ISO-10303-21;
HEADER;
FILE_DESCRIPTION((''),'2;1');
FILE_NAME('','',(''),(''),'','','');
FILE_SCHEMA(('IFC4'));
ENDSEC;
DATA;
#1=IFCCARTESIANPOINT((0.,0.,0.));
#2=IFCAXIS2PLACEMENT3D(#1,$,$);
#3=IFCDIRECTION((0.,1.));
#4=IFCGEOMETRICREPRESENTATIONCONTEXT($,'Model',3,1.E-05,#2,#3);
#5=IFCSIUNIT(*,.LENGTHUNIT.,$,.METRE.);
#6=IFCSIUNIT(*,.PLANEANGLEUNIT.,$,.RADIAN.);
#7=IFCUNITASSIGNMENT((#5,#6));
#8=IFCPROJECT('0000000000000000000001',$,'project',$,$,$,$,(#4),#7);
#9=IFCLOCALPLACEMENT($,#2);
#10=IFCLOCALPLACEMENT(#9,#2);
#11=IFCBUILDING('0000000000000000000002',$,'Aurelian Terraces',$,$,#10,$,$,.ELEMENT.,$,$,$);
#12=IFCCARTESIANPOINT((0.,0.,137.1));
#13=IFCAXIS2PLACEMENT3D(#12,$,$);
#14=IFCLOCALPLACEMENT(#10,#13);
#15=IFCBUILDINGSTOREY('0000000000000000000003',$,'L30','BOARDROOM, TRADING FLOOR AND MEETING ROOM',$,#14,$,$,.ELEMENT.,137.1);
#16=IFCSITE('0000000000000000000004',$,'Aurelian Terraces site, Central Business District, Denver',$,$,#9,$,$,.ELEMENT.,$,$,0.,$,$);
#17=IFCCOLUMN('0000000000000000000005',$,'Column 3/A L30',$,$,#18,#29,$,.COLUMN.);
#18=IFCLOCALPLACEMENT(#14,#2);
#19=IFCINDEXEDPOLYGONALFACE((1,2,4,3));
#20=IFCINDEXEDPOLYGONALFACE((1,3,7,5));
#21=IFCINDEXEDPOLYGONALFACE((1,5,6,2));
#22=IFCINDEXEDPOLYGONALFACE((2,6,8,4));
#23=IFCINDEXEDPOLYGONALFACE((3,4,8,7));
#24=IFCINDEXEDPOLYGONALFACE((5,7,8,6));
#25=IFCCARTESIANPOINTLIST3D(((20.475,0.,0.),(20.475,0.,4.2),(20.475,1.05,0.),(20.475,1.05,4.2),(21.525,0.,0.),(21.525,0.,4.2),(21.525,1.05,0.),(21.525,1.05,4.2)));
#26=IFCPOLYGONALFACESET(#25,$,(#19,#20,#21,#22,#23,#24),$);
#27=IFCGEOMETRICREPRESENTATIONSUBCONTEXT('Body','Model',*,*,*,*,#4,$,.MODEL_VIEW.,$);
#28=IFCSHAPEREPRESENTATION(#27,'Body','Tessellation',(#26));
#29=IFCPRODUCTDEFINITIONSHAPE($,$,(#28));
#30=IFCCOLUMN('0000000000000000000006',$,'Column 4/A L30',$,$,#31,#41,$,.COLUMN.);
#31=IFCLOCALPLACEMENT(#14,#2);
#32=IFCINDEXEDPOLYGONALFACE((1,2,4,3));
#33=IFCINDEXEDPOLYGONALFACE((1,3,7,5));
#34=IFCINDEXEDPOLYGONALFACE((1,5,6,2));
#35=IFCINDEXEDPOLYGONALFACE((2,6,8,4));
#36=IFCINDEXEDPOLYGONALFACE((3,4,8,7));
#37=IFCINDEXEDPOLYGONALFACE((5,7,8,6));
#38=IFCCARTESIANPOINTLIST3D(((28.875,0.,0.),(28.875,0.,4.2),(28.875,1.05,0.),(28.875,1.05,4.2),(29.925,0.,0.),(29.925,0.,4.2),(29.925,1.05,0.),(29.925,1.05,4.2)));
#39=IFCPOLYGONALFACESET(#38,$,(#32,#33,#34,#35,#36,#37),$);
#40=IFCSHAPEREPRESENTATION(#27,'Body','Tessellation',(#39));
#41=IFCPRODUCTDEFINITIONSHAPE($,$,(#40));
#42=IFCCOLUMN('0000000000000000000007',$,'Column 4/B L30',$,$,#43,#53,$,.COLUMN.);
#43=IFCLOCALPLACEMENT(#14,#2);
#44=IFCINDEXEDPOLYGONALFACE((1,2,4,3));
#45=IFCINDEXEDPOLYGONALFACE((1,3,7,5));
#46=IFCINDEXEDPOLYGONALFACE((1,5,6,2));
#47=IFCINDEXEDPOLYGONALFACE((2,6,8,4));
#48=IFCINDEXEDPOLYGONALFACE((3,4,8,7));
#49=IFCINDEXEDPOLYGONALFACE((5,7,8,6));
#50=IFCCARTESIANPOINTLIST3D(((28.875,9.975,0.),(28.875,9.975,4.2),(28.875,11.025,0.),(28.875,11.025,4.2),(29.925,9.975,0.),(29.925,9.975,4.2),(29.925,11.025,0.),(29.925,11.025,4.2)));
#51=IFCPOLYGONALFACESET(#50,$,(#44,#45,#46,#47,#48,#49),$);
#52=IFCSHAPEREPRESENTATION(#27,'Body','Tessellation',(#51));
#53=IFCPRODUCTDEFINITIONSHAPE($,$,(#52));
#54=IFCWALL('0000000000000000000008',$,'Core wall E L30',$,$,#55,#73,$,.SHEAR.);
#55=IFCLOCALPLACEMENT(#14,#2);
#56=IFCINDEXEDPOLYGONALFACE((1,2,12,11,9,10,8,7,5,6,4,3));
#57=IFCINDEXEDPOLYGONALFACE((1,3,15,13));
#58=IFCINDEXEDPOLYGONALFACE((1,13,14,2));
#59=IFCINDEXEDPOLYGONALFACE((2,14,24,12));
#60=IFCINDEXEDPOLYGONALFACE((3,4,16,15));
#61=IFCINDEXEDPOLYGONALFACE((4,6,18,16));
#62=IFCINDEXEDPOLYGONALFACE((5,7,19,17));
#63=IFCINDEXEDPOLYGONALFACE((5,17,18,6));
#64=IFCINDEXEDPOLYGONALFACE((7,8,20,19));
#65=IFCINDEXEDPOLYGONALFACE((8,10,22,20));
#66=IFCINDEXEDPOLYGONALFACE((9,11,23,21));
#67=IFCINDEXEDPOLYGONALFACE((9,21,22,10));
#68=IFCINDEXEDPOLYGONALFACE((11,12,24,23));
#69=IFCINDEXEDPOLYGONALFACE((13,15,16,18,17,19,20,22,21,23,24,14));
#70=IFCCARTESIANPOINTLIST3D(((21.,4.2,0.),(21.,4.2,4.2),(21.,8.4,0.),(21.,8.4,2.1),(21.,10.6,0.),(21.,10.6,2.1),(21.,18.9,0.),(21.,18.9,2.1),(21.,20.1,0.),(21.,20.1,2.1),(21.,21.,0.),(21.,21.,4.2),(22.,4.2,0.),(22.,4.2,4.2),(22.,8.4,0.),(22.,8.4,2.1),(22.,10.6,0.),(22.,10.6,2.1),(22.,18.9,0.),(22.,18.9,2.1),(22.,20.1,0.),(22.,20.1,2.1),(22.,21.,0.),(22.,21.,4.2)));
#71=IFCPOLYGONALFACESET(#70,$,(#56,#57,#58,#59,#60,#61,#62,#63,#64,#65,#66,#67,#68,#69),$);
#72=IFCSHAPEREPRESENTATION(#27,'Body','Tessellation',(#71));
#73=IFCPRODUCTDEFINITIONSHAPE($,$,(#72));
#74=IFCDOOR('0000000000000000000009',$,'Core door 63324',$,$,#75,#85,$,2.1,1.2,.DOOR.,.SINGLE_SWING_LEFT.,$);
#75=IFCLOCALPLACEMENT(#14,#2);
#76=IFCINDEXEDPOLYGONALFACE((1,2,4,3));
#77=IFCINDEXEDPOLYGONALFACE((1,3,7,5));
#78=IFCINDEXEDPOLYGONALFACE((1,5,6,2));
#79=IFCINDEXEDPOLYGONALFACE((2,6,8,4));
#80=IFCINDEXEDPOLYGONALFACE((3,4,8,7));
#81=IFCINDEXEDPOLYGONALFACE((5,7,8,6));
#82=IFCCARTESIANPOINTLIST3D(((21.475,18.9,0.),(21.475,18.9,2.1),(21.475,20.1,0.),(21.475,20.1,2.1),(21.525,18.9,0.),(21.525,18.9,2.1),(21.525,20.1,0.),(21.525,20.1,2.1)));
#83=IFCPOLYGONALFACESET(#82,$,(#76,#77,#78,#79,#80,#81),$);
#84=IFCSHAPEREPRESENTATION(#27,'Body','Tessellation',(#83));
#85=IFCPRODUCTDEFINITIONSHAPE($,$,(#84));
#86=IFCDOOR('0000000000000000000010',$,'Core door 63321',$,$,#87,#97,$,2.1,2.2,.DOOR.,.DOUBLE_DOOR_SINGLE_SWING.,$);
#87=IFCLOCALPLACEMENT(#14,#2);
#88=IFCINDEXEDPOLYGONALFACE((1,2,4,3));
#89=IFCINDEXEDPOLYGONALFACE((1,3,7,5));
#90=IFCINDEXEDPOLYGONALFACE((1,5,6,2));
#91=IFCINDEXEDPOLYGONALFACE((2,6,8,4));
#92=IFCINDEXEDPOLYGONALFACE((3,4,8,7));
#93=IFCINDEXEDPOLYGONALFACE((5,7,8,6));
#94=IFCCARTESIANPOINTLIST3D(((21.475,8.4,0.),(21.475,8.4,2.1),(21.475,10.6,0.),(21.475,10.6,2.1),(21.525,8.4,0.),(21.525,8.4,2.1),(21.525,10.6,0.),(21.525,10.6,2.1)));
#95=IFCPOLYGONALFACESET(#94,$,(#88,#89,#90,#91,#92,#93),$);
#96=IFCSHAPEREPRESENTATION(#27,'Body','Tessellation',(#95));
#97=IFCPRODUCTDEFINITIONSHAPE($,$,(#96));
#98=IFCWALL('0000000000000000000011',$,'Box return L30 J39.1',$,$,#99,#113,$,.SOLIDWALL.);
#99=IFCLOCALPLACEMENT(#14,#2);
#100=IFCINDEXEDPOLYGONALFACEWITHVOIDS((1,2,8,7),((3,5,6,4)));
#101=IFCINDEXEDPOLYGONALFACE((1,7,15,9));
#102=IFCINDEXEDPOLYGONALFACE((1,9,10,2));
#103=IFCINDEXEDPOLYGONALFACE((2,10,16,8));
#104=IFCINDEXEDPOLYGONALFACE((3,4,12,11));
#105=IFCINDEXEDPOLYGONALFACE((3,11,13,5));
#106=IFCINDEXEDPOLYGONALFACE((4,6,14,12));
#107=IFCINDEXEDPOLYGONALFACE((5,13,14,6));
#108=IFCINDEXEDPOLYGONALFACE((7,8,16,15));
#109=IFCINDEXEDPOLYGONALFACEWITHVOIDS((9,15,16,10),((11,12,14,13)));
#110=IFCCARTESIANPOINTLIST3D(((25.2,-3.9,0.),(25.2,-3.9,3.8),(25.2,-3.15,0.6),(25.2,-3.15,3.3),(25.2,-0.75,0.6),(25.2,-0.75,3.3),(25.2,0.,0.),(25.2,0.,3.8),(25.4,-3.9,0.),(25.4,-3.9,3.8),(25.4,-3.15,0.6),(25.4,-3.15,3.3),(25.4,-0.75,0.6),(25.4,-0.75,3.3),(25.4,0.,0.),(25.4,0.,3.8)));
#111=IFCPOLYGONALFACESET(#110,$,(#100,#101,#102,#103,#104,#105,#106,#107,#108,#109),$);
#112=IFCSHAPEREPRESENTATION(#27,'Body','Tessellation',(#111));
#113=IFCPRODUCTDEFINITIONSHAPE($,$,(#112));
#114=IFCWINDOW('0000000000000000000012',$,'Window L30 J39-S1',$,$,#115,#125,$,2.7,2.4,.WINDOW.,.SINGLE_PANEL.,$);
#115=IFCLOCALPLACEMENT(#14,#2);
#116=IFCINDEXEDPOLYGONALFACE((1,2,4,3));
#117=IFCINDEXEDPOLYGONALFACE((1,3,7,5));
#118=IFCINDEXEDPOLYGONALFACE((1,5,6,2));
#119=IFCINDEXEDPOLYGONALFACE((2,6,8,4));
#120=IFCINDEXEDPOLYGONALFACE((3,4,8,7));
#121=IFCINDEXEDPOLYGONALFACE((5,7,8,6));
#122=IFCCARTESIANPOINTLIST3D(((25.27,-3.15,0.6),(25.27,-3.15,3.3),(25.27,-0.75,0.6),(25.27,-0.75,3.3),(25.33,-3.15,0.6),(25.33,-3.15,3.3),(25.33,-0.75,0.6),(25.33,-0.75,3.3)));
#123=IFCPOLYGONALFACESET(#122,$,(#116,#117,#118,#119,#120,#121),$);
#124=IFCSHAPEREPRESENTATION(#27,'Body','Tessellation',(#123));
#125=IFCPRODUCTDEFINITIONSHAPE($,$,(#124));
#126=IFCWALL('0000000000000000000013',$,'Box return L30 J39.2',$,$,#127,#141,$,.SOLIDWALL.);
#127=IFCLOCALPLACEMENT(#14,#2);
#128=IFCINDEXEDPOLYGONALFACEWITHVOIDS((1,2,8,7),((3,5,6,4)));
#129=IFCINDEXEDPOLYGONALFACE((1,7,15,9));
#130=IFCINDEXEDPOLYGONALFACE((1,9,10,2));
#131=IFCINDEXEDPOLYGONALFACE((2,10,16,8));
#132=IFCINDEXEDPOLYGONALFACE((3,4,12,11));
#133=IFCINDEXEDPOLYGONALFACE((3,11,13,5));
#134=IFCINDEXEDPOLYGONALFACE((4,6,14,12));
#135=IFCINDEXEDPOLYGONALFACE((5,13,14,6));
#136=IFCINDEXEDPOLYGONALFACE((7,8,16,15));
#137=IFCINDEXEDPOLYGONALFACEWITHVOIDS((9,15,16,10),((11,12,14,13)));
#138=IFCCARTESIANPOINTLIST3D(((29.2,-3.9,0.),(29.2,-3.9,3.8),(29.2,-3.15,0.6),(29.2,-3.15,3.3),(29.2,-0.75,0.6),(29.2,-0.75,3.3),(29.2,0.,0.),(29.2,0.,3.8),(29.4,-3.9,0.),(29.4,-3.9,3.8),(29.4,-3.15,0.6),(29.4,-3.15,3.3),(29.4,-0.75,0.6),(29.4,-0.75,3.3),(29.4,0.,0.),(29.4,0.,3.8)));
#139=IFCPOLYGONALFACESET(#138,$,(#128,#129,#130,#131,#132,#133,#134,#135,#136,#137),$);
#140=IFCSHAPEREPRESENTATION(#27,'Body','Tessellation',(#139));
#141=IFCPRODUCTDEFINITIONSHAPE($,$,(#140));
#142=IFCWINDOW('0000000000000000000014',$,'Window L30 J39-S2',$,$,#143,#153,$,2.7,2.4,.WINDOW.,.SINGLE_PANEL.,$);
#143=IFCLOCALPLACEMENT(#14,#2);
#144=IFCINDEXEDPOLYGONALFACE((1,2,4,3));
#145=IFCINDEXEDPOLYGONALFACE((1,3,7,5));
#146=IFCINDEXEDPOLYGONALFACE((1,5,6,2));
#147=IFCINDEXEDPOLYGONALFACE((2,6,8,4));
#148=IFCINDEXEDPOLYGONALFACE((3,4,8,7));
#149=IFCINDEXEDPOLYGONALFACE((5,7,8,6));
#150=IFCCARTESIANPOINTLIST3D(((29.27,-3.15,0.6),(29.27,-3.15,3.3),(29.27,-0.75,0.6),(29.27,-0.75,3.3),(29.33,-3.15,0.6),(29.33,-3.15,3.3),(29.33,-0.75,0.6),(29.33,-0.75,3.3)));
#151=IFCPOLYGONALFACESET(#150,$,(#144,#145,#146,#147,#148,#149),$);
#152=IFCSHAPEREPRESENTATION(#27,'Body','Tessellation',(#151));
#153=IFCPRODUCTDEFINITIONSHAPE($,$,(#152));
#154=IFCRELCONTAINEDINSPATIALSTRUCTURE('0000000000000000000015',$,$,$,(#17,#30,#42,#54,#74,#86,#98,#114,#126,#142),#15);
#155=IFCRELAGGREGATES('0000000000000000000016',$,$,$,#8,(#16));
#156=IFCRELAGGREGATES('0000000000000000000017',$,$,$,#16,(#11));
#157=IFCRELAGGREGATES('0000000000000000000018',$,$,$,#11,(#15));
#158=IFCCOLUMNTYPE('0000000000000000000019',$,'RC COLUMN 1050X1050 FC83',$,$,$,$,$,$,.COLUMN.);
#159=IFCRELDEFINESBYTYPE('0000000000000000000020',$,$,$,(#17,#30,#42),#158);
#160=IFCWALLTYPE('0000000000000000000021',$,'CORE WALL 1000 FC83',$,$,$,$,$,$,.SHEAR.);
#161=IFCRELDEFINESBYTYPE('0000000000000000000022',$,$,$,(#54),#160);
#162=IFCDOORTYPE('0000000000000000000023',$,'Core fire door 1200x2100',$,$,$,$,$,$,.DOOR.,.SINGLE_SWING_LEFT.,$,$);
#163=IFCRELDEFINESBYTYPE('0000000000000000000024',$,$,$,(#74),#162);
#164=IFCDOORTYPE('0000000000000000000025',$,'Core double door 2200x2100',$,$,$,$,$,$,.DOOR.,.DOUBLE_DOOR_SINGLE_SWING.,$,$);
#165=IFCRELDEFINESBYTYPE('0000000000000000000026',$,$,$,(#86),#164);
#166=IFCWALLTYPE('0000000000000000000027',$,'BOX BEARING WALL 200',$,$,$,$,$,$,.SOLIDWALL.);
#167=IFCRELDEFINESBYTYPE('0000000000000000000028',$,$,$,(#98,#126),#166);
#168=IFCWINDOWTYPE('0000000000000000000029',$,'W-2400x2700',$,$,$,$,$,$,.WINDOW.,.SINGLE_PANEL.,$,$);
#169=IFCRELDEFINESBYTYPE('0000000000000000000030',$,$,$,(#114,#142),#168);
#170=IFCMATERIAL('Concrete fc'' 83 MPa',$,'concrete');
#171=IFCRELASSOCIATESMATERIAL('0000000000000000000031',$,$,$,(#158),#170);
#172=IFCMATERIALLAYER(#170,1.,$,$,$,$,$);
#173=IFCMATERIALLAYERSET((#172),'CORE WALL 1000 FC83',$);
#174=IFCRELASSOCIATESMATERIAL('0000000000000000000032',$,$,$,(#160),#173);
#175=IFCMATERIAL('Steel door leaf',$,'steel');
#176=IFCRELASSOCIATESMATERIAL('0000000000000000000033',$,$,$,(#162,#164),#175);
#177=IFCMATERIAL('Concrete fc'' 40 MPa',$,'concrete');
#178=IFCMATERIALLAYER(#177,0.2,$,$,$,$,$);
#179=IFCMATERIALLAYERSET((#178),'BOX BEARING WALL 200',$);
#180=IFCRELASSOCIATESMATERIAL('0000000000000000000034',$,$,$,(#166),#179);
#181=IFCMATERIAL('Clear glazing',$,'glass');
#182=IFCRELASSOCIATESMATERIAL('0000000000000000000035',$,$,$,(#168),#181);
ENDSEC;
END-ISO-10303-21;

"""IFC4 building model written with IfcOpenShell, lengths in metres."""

from ifc_helpers import new_model, si_unit, direction, frame, frame_2d, origin, origin_2d, place, context, subcontext, project, spatial, rectangle, extrude, source, transform, mapped, material, layer, layer_set, material_profile, profile_set, type_object, element, fill, save


model = new_model("IFC4")

# Units and contexts
model_context = context("Model", 3, precision=1e-05, world=origin(), true_north=direction((0.0, 1.0)))
body_context = subcontext(model_context, "Body", "Model", "MODEL_VIEW")
ifc_project = project(units=[si_unit("LENGTHUNIT", "METRE"), si_unit("PLANEANGLEUNIT", "RADIAN")], contexts=[model_context])

# Site, building, storey
site_placement = place(None, origin())
site = spatial("IfcSite", under=ifc_project, at=site_placement, Name="Aurelian Terraces site, Central Business District, Denver", CompositionType="ELEMENT", RefElevation=0.0)
building_placement = place(site_placement, origin())
building = spatial("IfcBuilding", under=site, at=building_placement, Name="Aurelian Terraces", CompositionType="ELEMENT")
storey_placement = place(building_placement, frame((0.0, 0.0, 137.1)))
storey = spatial("IfcBuildingStorey", under=building, at=storey_placement, Name="L30", Description="BOARDROOM, TRADING FLOOR AND MEETING ROOM", CompositionType="ELEMENT", Elevation=137.1)

# Columns
ifc_material_1 = material(Name="Concrete fc' 83 MPa", Category="concrete")
ifc_material_profile = material_profile(ifc_material_1, rectangle(XDim=1.05, YDim=1.05, at=origin_2d()))
ifc_profile_set = profile_set([ifc_material_profile], Name="Concrete fc' 83 MPa")
column_type = type_object("IfcColumnType", Name="RC COLUMN 1050X1050 FC83", PredefinedType="COLUMN", material=ifc_profile_set)
shared_shape_1 = source(origin(), body_context, "Body", "SweptSolid", [
    extrude(rectangle(XDim=1.05, YDim=1.05, at=origin_2d()), origin(), (0.0, 0.0, 1.0), 4.2),
])
for number, where, z_axis, x_axis, name in (
    (1, (21.0, 0.525, 0.0), (0.0, 0.0, 1.0), (1.0, 0.0, 0.0), "Column 3/A L30"),
    (2, (29.4, 0.525, 0.0), (0.0, 0.0, 1.0), (1.0, 0.0, 0.0), "Column 4/A L30"),
    (3, (29.4, 10.5, 0.0), (0.0, 0.0, 1.0), (1.0, 0.0, 0.0), "Column 4/B L30"),
):
    element("IfcColumn", number, at=place(storey_placement, frame(where, z_axis=z_axis, x_axis=x_axis)), inside=storey, type_object=column_type, Name=name, PredefinedType="COLUMN", context=body_context, shape_type="MappedRepresentation", body=[
        mapped(shared_shape_1, transform((0.0, 0.0, 0.0), scale=1.0)),
    ])

# Wall, openings, doors
ifc_layer_1 = layer(ifc_material_1, 1.0)
ifc_layer_set_1 = layer_set([ifc_layer_1], Name="CORE WALL 1000 FC83")
wall_type_1 = type_object("IfcWallType", Name="CORE WALL 1000 FC83", PredefinedType="SHEAR", material=ifc_layer_set_1)
shared_shape_2 = source(origin(), body_context, "Body", "SweptSolid", [
    extrude(rectangle(XDim=16.8, YDim=1.0, at=frame_2d((8.4, 0.0))), origin(), (0.0, 0.0, 1.0), 4.2),
])
wall_1_placement = place(storey_placement, frame((21.5, 4.2, 0.0), z_axis=(0.0, 0.0, 1.0), x_axis=(0.0, 1.0, 0.0)))
wall_1 = element("IfcWall", 4, at=wall_1_placement, inside=storey, type_object=wall_type_1, Name="Core wall E L30", PredefinedType="SHEAR", context=body_context, shape_type="MappedRepresentation", body=[
    mapped(shared_shape_2, transform((0.0, 0.0, 0.0), scale=1.0)),
])
shared_shape_3 = source(origin(), body_context, "Body", "SweptSolid", [
    extrude(rectangle(XDim=2.2, YDim=2.1, at=frame_2d((1.1, 1.05))), frame((0.0, 0.51, 0.0), z_axis=(0.0, -1.0, 0.0), x_axis=(1.0, 0.0, 0.0)), (0.0, 0.0, 1.0), 1.02),
])
opening_1_placement = place(wall_1_placement, frame((4.2, 0.0, 0.0)))
opening_1 = element("IfcOpeningElement", 5, at=opening_1_placement, cuts=wall_1, PredefinedType="OPENING", context=body_context, shape_type="MappedRepresentation", body=[
    mapped(shared_shape_3, transform((0.0, 0.0, 0.0), scale=1.0)),
])
shared_shape_4 = source(origin(), body_context, "Body", "SweptSolid", [
    extrude(rectangle(XDim=1.2, YDim=2.1, at=frame_2d((0.6, 1.05))), frame((0.0, 0.51, 0.0), z_axis=(0.0, -1.0, 0.0), x_axis=(1.0, 0.0, 0.0)), (0.0, 0.0, 1.0), 1.02),
])
opening_2_placement = place(wall_1_placement, frame((14.7, 0.0, 0.0)))
opening_2 = element("IfcOpeningElement", 6, at=opening_2_placement, cuts=wall_1, PredefinedType="OPENING", context=body_context, shape_type="MappedRepresentation", body=[
    mapped(shared_shape_4, transform((0.0, 0.0, 0.0), scale=1.0)),
])
ifc_material_2 = material(Name="Steel door leaf", Category="steel")
door_type_1 = type_object("IfcDoorType", Name="Core fire door 1200x2100", OperationType="SINGLE_SWING_LEFT", PredefinedType="DOOR", material=ifc_material_2)
shared_shape_5 = source(origin(), body_context, "Body", "SweptSolid", [
    extrude(rectangle(XDim=1.2, YDim=2.1, at=frame_2d((0.6, 1.05))), frame((0.0, 0.025, 0.0), z_axis=(0.0, -1.0, 0.0), x_axis=(1.0, 0.0, 0.0)), (0.0, 0.0, 1.0), 0.05),
])
door_1_placement = place(opening_2_placement, origin())
door_1 = element("IfcDoor", 7, at=door_1_placement, inside=storey, type_object=door_type_1, Name="Core door 63324", OperationType="SINGLE_SWING_LEFT", OverallHeight=2.1, OverallWidth=1.2, PredefinedType="DOOR", context=body_context, shape_type="MappedRepresentation", body=[
    mapped(shared_shape_5, transform((0.0, 0.0, 0.0), scale=1.0)),
])
fill(opening_2, door_1)
door_type_2 = type_object("IfcDoorType", Name="Core double door 2200x2100", OperationType="DOUBLE_DOOR_SINGLE_SWING", PredefinedType="DOOR", material=ifc_material_2)
shared_shape_6 = source(origin(), body_context, "Body", "SweptSolid", [
    extrude(rectangle(XDim=2.2, YDim=2.1, at=frame_2d((1.1, 1.05))), frame((0.0, 0.025, 0.0), z_axis=(0.0, -1.0, 0.0), x_axis=(1.0, 0.0, 0.0)), (0.0, 0.0, 1.0), 0.05),
])
door_2_placement = place(opening_1_placement, origin())
door_2 = element("IfcDoor", 8, at=door_2_placement, inside=storey, type_object=door_type_2, Name="Core door 63321", OperationType="DOUBLE_DOOR_SINGLE_SWING", OverallHeight=2.1, OverallWidth=2.2, PredefinedType="DOOR", context=body_context, shape_type="MappedRepresentation", body=[
    mapped(shared_shape_6, transform((0.0, 0.0, 0.0), scale=1.0)),
])
fill(opening_1, door_2)

# Walls, openings, windows
ifc_material_3 = material(Name="Concrete fc' 40 MPa", Category="concrete")
ifc_layer_2 = layer(ifc_material_3, 0.2)
ifc_layer_set_2 = layer_set([ifc_layer_2], Name="BOX BEARING WALL 200")
wall_type_2 = type_object("IfcWallType", Name="BOX BEARING WALL 200", PredefinedType="SOLIDWALL", material=ifc_layer_set_2)
shared_shape_7 = source(origin(), body_context, "Body", "SweptSolid", [
    extrude(rectangle(XDim=3.9, YDim=0.2, at=frame_2d((1.95, 0.0))), origin(), (0.0, 0.0, 1.0), 3.8),
])
wall_2_placement = place(storey_placement, frame((25.3, 0.0, 0.0), z_axis=(0.0, 0.0, 1.0), x_axis=(0.0, -1.0, 0.0)))
wall_2 = element("IfcWall", 9, at=wall_2_placement, inside=storey, type_object=wall_type_2, Name="Box return L30 J39.1", PredefinedType="SOLIDWALL", context=body_context, shape_type="MappedRepresentation", body=[
    mapped(shared_shape_7, transform((0.0, 0.0, 0.0), scale=1.0)),
])
shared_shape_8 = source(origin(), body_context, "Body", "SweptSolid", [
    extrude(rectangle(XDim=2.4, YDim=2.7, at=frame_2d((1.2, 1.35))), frame((0.0, 0.11, 0.0), z_axis=(0.0, -1.0, 0.0), x_axis=(1.0, 0.0, 0.0)), (0.0, 0.0, 1.0), 0.22),
])
opening_3_placement = place(wall_2_placement, frame((0.75, 0.0, 0.6)))
opening_3 = element("IfcOpeningElement", 10, at=opening_3_placement, cuts=wall_2, PredefinedType="OPENING", context=body_context, shape_type="MappedRepresentation", body=[
    mapped(shared_shape_8, transform((0.0, 0.0, 0.0), scale=1.0)),
])
ifc_material_4 = material(Name="Clear glazing", Category="glass")
window_type_1 = type_object("IfcWindowType", Name="W-2400x2700", PartitioningType="SINGLE_PANEL", PredefinedType="WINDOW", material=ifc_material_4)
shared_shape_9 = source(origin(), body_context, "Body", "SweptSolid", [
    extrude(rectangle(XDim=2.4, YDim=2.7, at=frame_2d((1.2, 1.35))), frame((0.0, 0.03, 0.0), z_axis=(0.0, -1.0, 0.0), x_axis=(1.0, 0.0, 0.0)), (0.0, 0.0, 1.0), 0.06),
])
window_1_placement = place(opening_3_placement, origin())
window_1 = element("IfcWindow", 11, at=window_1_placement, inside=storey, type_object=window_type_1, Name="Window L30 J39-S1", OverallHeight=2.7, OverallWidth=2.4, PartitioningType="SINGLE_PANEL", PredefinedType="WINDOW", context=body_context, shape_type="MappedRepresentation", body=[
    mapped(shared_shape_9, transform((0.0, 0.0, 0.0), scale=1.0)),
])
fill(opening_3, window_1)
wall_3_placement = place(storey_placement, frame((29.3, 0.0, 0.0), z_axis=(0.0, 0.0, 1.0), x_axis=(0.0, -1.0, 0.0)))
wall_3 = element("IfcWall", 12, at=wall_3_placement, inside=storey, type_object=wall_type_2, Name="Box return L30 J39.2", PredefinedType="SOLIDWALL", context=body_context, shape_type="MappedRepresentation", body=[
    mapped(shared_shape_7, transform((0.0, 0.0, 0.0), scale=1.0)),
])
opening_4_placement = place(wall_3_placement, frame((0.75, 0.0, 0.6)))
opening_4 = element("IfcOpeningElement", 13, at=opening_4_placement, cuts=wall_3, PredefinedType="OPENING", context=body_context, shape_type="MappedRepresentation", body=[
    mapped(shared_shape_8, transform((0.0, 0.0, 0.0), scale=1.0)),
])
window_2_placement = place(opening_4_placement, origin())
window_2 = element("IfcWindow", 14, at=window_2_placement, inside=storey, type_object=window_type_1, Name="Window L30 J39-S2", OverallHeight=2.7, OverallWidth=2.4, PartitioningType="SINGLE_PANEL", PredefinedType="WINDOW", context=body_context, shape_type="MappedRepresentation", body=[
    mapped(shared_shape_9, transform((0.0, 0.0, 0.0), scale=1.0)),
])
fill(opening_4, window_2)

save(model, "model.ifc")
